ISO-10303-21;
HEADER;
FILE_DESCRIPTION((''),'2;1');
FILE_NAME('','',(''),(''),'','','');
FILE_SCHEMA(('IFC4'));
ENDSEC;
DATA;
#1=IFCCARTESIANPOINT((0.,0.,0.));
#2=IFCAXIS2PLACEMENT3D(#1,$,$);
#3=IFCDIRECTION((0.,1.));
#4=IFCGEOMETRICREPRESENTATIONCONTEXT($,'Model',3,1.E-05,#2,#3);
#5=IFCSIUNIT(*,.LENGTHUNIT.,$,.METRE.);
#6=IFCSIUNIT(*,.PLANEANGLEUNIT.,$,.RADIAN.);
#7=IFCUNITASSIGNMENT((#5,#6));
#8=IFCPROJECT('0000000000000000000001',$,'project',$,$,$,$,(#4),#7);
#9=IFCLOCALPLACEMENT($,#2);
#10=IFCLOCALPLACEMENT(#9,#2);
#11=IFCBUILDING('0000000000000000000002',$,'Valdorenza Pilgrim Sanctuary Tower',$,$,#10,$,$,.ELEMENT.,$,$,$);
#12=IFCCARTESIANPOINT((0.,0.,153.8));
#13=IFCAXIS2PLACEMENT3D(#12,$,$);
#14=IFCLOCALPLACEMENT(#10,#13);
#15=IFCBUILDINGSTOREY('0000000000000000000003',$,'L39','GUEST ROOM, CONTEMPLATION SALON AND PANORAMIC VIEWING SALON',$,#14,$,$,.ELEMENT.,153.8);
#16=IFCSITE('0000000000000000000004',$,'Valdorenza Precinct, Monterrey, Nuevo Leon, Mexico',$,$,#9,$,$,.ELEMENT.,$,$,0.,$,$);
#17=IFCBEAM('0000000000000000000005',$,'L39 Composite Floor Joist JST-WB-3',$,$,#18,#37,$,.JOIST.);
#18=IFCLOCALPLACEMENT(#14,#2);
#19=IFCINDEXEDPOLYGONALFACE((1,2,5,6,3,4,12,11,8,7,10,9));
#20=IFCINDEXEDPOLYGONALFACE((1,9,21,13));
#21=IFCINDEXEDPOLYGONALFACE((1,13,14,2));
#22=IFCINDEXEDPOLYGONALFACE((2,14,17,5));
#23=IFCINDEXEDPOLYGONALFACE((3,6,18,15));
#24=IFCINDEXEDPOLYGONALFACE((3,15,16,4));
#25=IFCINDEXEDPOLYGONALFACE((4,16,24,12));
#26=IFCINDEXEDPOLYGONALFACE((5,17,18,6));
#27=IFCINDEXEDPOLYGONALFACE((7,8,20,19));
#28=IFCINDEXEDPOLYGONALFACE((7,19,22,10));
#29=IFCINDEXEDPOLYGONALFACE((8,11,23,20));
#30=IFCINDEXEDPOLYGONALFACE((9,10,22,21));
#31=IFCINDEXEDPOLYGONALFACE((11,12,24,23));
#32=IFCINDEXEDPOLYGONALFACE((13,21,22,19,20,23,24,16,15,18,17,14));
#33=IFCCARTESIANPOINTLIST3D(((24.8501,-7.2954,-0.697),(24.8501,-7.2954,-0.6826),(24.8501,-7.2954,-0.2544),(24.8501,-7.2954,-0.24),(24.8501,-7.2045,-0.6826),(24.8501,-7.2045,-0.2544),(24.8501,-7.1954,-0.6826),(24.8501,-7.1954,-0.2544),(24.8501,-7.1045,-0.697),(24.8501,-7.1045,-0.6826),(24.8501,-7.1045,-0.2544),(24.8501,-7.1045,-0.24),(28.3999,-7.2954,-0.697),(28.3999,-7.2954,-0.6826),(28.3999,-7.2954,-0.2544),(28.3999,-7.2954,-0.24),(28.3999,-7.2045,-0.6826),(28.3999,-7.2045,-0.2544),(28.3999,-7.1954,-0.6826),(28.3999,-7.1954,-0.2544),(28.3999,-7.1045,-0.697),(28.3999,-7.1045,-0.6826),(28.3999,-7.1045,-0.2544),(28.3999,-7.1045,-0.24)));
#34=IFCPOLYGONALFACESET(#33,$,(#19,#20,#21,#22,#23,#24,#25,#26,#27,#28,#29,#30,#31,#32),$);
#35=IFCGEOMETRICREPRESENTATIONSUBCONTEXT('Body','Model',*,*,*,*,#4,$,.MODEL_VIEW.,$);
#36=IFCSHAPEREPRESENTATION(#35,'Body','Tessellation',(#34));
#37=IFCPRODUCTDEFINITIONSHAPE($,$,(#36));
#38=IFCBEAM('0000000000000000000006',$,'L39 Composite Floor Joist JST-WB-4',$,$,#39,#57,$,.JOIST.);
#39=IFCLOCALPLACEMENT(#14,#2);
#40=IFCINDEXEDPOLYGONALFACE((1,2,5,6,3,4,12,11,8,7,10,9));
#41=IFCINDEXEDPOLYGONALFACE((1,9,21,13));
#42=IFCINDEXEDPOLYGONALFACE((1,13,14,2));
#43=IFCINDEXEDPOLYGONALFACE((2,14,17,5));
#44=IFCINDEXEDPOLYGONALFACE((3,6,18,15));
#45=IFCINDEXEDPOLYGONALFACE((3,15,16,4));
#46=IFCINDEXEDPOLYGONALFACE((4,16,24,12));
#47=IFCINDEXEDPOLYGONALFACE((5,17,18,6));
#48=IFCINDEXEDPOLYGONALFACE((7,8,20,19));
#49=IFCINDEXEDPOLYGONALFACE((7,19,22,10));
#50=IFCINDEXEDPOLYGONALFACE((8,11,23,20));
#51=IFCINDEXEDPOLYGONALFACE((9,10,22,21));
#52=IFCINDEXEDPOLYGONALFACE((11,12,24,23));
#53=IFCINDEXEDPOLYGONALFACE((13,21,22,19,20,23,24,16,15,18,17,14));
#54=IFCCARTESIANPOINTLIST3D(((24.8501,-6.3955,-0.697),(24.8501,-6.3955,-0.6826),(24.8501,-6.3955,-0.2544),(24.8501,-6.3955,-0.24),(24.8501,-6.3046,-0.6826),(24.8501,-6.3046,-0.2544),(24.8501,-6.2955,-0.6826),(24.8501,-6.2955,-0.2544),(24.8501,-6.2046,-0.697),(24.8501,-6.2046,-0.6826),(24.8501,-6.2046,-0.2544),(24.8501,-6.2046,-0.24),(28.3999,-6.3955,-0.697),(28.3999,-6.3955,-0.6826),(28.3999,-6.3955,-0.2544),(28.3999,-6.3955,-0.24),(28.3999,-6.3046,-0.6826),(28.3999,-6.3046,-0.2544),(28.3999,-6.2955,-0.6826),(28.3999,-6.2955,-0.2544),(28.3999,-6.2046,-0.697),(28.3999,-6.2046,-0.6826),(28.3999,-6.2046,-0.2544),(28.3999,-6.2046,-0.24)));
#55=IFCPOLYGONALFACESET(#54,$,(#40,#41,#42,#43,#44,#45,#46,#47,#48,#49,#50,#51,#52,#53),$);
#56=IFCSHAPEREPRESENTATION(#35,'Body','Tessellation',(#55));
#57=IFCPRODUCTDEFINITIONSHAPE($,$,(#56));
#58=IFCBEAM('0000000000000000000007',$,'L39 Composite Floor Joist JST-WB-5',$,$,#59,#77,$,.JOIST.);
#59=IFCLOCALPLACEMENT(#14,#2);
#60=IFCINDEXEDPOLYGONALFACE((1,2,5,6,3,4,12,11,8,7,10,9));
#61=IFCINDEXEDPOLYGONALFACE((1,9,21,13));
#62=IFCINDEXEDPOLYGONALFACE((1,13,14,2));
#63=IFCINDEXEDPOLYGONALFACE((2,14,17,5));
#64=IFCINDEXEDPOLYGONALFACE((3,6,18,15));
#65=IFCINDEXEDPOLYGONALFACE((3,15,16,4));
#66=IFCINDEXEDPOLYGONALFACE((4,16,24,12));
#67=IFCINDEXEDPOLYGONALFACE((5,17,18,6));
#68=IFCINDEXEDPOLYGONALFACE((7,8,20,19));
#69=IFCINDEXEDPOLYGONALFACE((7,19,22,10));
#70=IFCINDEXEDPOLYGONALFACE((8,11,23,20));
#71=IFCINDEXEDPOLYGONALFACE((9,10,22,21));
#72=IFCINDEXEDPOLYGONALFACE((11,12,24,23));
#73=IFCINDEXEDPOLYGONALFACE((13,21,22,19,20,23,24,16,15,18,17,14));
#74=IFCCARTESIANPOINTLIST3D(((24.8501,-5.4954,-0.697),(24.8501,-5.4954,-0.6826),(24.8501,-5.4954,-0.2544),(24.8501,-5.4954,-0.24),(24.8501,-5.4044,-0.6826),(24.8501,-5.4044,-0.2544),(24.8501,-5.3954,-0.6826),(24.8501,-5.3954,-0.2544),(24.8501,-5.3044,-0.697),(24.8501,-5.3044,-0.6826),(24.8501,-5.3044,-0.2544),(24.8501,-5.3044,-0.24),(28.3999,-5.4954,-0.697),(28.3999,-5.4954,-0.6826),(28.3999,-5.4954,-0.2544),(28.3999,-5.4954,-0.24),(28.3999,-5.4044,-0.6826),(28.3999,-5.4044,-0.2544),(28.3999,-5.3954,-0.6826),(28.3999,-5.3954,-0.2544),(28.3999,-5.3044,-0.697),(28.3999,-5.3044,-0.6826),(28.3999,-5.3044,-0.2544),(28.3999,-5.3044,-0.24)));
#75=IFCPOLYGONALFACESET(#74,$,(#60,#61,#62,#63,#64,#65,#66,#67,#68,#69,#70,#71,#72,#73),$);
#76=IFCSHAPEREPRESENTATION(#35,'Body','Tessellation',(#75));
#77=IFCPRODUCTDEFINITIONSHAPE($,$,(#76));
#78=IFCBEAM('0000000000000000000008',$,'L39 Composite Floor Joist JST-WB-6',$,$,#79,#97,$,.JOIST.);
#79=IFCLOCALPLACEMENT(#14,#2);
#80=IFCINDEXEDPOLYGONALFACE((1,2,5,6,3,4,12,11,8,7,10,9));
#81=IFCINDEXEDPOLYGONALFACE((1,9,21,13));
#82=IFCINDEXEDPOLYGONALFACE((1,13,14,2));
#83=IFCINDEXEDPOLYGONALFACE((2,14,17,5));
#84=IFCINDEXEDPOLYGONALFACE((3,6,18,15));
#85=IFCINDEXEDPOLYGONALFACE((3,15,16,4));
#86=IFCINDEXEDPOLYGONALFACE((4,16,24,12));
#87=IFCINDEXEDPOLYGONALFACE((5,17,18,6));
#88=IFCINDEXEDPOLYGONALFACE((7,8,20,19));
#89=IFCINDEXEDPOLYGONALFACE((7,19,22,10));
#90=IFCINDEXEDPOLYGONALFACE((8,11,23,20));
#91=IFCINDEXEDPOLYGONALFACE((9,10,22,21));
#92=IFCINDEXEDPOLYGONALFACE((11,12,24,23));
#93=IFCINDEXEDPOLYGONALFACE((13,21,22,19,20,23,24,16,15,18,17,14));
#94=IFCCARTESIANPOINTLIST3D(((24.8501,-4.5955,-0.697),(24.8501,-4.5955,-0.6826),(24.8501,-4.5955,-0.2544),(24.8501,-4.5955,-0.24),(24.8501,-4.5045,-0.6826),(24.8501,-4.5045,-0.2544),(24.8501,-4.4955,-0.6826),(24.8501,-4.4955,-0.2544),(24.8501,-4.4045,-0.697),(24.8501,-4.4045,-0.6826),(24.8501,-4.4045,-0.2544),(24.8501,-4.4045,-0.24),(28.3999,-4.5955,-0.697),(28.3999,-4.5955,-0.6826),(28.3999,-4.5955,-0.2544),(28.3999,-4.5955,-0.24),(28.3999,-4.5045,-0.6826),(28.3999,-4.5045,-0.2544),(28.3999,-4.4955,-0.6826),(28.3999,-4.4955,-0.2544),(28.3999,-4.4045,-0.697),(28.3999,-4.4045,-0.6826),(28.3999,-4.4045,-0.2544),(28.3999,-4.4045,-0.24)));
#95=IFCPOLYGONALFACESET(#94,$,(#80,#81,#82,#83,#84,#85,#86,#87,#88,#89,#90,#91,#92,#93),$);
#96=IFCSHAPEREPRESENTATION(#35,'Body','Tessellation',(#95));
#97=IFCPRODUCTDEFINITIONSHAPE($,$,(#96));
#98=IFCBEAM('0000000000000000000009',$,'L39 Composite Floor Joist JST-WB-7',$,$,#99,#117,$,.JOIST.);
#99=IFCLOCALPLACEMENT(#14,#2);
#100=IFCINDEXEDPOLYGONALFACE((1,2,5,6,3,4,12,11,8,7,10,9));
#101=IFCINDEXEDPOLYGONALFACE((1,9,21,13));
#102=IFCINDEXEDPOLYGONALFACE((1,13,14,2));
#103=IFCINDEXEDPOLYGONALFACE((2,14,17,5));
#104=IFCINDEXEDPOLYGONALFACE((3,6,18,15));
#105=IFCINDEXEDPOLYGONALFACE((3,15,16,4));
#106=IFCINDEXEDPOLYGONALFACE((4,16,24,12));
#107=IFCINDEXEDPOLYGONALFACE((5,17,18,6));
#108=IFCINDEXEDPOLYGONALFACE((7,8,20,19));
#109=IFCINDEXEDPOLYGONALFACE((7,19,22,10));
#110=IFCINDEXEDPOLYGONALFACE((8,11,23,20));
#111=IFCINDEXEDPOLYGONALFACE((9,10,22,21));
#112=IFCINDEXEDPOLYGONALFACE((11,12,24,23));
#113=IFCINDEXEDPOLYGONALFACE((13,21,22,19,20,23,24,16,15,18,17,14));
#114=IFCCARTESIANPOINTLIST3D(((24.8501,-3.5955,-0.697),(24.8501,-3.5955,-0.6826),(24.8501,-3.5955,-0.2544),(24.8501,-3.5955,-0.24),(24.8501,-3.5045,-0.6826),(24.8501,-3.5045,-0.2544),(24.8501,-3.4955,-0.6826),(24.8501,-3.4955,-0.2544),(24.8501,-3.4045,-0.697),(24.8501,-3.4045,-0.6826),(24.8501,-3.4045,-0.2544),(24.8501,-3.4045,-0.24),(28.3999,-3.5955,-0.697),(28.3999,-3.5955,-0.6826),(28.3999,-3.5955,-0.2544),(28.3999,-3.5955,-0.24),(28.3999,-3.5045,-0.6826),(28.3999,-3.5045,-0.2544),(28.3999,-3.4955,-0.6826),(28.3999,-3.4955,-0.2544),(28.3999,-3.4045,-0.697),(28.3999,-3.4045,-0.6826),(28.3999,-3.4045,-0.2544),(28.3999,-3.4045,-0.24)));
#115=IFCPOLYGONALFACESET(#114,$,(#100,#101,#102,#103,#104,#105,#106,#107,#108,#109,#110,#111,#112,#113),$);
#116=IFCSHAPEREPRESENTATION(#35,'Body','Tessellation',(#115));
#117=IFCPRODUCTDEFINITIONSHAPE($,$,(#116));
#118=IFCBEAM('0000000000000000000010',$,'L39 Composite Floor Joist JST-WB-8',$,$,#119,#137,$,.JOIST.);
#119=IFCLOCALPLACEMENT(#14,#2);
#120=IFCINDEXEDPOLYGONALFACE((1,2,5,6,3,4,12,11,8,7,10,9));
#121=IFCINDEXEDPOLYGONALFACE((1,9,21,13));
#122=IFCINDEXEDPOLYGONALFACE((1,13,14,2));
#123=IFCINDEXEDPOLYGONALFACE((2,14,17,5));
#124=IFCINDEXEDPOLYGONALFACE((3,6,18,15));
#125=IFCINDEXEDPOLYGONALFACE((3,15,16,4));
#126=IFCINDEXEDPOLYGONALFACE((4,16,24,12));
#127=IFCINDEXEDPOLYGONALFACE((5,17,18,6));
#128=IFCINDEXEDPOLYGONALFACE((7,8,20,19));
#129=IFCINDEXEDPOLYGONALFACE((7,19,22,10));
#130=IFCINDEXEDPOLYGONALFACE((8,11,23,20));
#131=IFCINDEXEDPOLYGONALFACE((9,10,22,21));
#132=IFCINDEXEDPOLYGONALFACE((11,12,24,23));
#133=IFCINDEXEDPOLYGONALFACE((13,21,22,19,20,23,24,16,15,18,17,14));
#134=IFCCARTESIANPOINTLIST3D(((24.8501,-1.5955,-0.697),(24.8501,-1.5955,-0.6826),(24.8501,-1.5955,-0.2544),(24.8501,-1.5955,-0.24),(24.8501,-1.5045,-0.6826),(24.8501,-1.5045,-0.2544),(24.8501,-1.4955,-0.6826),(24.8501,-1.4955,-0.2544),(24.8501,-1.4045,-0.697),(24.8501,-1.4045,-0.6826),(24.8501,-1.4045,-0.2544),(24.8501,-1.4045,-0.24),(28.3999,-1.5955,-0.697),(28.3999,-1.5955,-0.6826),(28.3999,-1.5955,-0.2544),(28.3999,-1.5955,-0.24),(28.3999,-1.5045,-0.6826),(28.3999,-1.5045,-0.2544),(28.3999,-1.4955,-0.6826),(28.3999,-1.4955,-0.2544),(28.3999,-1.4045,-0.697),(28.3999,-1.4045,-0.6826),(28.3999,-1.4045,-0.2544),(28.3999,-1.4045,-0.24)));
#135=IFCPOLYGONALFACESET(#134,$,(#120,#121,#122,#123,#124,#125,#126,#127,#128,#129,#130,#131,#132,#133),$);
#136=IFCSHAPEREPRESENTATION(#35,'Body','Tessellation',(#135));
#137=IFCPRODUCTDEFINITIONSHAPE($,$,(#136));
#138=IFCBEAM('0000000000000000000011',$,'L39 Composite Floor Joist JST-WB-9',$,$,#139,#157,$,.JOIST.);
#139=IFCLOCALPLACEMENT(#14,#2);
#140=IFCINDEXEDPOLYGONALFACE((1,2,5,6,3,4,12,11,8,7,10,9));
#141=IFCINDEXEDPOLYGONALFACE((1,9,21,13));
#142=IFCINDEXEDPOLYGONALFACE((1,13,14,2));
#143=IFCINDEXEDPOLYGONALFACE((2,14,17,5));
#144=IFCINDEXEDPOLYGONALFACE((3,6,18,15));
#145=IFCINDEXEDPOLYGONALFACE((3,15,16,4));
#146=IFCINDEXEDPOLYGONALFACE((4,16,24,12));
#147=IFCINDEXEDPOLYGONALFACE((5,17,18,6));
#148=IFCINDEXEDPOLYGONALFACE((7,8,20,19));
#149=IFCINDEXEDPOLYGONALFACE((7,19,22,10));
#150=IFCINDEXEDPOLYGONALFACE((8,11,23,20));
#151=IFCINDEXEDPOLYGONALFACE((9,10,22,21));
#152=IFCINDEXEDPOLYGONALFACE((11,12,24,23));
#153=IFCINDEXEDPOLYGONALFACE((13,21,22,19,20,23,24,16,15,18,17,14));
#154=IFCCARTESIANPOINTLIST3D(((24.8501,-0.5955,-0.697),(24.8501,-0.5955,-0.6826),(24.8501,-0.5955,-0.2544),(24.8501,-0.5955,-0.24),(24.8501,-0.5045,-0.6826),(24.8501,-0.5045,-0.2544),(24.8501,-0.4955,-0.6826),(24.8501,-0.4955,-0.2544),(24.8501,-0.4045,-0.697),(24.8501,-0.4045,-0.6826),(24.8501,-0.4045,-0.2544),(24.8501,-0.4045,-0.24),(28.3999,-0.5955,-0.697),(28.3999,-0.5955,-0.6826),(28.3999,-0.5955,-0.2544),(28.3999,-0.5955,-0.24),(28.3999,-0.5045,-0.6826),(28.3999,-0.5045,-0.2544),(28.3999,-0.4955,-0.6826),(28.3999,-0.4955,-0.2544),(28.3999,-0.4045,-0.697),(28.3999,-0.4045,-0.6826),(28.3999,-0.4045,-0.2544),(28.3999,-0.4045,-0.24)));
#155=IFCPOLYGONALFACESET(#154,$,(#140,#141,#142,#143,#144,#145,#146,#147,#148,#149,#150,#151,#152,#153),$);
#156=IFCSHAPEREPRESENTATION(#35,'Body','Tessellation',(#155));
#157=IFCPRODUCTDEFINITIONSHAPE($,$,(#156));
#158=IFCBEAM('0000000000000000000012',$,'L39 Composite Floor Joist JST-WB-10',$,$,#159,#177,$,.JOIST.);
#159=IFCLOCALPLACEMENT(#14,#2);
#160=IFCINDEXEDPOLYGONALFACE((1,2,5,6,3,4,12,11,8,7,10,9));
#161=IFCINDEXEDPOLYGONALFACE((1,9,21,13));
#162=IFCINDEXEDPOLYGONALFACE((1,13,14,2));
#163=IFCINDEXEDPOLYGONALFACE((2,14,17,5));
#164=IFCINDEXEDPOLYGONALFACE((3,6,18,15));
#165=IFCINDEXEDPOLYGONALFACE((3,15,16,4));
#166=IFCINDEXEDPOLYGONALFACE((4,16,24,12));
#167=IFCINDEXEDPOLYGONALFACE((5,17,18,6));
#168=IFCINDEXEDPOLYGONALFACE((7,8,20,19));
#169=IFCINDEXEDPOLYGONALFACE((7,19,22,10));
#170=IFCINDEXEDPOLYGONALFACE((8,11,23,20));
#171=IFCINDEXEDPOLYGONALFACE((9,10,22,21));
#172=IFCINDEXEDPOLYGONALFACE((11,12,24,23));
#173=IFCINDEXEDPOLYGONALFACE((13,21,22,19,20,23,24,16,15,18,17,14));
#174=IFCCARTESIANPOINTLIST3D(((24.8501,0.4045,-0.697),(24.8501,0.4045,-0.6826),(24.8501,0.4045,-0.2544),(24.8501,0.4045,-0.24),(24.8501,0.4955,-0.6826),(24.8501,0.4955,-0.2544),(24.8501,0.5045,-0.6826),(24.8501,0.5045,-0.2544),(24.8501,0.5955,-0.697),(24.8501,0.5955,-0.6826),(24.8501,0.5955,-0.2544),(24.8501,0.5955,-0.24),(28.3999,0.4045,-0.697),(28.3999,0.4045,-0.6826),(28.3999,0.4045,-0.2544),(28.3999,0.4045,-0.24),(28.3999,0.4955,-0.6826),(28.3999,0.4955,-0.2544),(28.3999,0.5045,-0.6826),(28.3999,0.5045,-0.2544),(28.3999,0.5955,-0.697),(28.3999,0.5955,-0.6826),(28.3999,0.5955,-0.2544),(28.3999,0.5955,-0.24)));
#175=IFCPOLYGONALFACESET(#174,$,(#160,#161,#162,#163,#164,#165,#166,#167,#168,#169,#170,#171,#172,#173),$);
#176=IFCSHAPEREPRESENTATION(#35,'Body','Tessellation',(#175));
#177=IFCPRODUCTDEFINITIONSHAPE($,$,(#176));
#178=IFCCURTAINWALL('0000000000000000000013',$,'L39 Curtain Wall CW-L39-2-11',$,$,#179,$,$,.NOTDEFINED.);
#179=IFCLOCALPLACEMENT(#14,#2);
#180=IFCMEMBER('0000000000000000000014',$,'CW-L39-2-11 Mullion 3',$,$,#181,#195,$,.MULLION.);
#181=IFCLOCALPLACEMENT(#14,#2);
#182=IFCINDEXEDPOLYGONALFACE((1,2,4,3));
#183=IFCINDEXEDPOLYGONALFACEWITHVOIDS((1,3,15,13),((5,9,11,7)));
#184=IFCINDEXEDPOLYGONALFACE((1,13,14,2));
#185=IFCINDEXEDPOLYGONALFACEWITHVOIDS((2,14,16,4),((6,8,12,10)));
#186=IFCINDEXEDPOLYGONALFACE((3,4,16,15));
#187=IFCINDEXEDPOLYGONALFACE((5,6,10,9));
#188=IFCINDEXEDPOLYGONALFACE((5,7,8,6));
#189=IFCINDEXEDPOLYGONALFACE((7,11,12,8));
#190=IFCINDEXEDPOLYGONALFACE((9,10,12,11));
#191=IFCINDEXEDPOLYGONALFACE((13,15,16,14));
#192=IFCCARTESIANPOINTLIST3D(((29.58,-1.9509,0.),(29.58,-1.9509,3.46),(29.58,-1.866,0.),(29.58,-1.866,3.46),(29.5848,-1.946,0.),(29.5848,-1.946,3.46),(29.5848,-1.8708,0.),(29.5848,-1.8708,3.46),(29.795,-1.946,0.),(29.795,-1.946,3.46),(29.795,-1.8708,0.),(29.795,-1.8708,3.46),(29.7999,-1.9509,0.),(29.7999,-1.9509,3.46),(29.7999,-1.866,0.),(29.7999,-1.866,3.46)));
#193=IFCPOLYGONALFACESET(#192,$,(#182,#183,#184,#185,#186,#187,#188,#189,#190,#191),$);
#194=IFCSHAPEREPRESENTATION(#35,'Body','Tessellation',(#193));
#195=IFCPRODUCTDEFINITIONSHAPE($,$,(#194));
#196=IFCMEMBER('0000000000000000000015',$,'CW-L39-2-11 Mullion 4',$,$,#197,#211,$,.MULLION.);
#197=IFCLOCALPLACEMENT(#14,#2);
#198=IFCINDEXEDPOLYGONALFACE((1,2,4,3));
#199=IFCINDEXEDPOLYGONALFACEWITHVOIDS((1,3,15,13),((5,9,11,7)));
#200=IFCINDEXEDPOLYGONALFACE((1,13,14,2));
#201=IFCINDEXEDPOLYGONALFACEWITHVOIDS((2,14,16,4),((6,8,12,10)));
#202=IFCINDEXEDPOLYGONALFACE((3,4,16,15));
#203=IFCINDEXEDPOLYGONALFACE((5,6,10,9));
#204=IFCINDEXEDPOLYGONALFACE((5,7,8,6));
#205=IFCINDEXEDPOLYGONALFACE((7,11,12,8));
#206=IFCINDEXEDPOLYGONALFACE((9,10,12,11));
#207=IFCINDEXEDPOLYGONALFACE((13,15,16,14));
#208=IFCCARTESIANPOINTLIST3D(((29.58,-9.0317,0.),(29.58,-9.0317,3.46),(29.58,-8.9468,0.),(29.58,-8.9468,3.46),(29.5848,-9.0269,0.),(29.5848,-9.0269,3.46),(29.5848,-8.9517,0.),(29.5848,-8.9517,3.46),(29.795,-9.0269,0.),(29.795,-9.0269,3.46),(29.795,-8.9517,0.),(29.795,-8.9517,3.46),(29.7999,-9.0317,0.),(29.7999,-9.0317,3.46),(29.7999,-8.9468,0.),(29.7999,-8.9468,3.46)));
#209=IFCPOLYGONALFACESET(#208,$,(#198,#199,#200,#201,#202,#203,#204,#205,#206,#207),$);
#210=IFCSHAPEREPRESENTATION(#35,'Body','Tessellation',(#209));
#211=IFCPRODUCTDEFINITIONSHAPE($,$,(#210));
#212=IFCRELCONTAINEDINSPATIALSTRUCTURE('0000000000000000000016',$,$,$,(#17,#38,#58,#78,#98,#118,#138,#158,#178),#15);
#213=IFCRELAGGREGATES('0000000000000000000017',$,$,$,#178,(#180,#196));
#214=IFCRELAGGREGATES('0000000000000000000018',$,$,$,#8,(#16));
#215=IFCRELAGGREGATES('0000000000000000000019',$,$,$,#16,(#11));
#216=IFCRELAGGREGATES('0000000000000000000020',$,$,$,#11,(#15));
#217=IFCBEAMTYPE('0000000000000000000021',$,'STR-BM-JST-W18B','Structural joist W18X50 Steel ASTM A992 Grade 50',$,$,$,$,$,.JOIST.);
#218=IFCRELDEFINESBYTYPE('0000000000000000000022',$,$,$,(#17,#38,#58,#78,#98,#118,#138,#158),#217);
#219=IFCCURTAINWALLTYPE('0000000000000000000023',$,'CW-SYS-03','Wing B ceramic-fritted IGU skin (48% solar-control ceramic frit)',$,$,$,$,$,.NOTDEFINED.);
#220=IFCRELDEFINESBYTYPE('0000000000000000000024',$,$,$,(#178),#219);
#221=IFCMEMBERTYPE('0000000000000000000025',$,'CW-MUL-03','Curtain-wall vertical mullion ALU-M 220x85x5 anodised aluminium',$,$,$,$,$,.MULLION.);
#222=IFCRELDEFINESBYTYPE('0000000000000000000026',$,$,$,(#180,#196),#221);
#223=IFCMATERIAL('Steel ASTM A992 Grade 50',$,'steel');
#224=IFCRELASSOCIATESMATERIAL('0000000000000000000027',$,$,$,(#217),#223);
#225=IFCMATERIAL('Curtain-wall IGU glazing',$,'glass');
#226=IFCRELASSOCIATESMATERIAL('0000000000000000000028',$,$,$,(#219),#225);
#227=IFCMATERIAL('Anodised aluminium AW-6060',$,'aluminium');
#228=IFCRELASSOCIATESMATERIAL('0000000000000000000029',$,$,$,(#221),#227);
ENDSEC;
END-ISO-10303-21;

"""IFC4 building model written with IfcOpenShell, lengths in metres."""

from ifc_helpers import new_model, si_unit, direction, frame, origin, origin_2d, place, context, subcontext, project, spatial, hollow_rectangle, i_section, extrude, source, transform, mapped, material, material_profile, profile_set, type_object, element, aggregate, save


model = new_model("IFC4")

# Units and contexts
model_context = context("Model", 3, precision=1e-05, world=origin(), true_north=direction((0.0, 1.0)))
body_context = subcontext(model_context, "Body", "Model", "MODEL_VIEW")
ifc_project = project(units=[si_unit("LENGTHUNIT", "METRE"), si_unit("PLANEANGLEUNIT", "RADIAN")], contexts=[model_context])

# Site, building, storey
site_placement = place(None, origin())
site = spatial("IfcSite", under=ifc_project, at=site_placement, Name="Valdorenza Precinct, Monterrey, Nuevo Leon, Mexico", CompositionType="ELEMENT", RefElevation=0.0)
building_placement = place(site_placement, origin())
building = spatial("IfcBuilding", under=site, at=building_placement, Name="Valdorenza Pilgrim Sanctuary Tower", CompositionType="ELEMENT")
storey_placement = place(building_placement, frame((0.0, 0.0, 153.8)))
storey = spatial("IfcBuildingStorey", under=building, at=storey_placement, Name="L39", Description="GUEST ROOM, CONTEMPLATION SALON AND PANORAMIC VIEWING SALON", CompositionType="ELEMENT", Elevation=153.8)

# Shared definitions
ifc_material_1 = material(Name="Steel ASTM A992 Grade 50", Category="steel")

# Beams
ifc_material_profile_1 = material_profile(ifc_material_1, i_section(OverallWidth=0.1909, OverallDepth=0.457, WebThickness=0.009, FlangeThickness=0.0144, at=origin_2d()), Name="W18X50")
ifc_profile_set_1 = profile_set([ifc_material_profile_1], Name="Steel ASTM A992 Grade 50")
beam_type_1 = type_object("IfcBeamType", Name="STR-BM-JST-W18B", Description="Structural joist W18X50 Steel ASTM A992 Grade 50", PredefinedType="JOIST", material=ifc_profile_set_1)
shared_shape_1 = source(origin(), body_context, "Body", "SweptSolid", [
    extrude(i_section(OverallWidth=0.1909, OverallDepth=0.457, WebThickness=0.009, FlangeThickness=0.0144, at=origin_2d()), origin(), (0.0, 0.0, 1.0), 3.5498),
])
for number, where, z_axis, x_axis, name in (
    (1, (24.8501, -7.2, -0.4685), (1.0, 0.0, 0.0), (0.0, 1.0, 0.0), "L39 Composite Floor Joist JST-WB-3"),
    (2, (24.8501, -6.3, -0.4685), (1.0, 0.0, 0.0), (0.0, 1.0, 0.0), "L39 Composite Floor Joist JST-WB-4"),
    (3, (24.8501, -5.3999, -0.4685), (1.0, 0.0, 0.0), (0.0, 1.0, 0.0), "L39 Composite Floor Joist JST-WB-5"),
    (4, (24.8501, -4.5, -0.4685), (1.0, 0.0, 0.0), (0.0, 1.0, 0.0), "L39 Composite Floor Joist JST-WB-6"),
    (5, (24.8501, -3.5, -0.4685), (1.0, 0.0, 0.0), (0.0, 1.0, 0.0), "L39 Composite Floor Joist JST-WB-7"),
    (6, (24.8501, -1.5, -0.4685), (1.0, 0.0, 0.0), (0.0, 1.0, 0.0), "L39 Composite Floor Joist JST-WB-8"),
    (7, (24.8501, -0.5, -0.4685), (1.0, 0.0, 0.0), (0.0, 1.0, 0.0), "L39 Composite Floor Joist JST-WB-9"),
    (8, (24.8501, 0.5, -0.4685), (1.0, 0.0, 0.0), (0.0, 1.0, 0.0), "L39 Composite Floor Joist JST-WB-10"),
):
    element("IfcBeam", number, at=place(storey_placement, frame(where, z_axis=z_axis, x_axis=x_axis)), inside=storey, type_object=beam_type_1, Name=name, PredefinedType="JOIST", context=body_context, shape_type="MappedRepresentation", body=[
        mapped(shared_shape_1, transform((0.0, 0.0, 0.0), x_axis=(1.0, 0.0, 0.0), y_axis=(0.0, 1.0, 0.0), z_axis=(0.0, 0.0, 1.0), scale=1.0)),
    ])

# Curtain wall, members
ifc_material_2 = material(Name="Curtain-wall IGU glazing", Category="glass")
curtain_wall_type = type_object("IfcCurtainWallType", Name="CW-SYS-03", Description="Wing B ceramic-fritted IGU skin (48% solar-control ceramic frit)", PredefinedType="NOTDEFINED", material=ifc_material_2)
curtain_wall_1_placement = place(storey_placement, origin())
curtain_wall_1 = element("IfcCurtainWall", 9, at=curtain_wall_1_placement, inside=storey, type_object=curtain_wall_type, Name="L39 Curtain Wall CW-L39-2-11", PredefinedType="NOTDEFINED")
ifc_material_3 = material(Name="Anodised aluminium AW-6060", Category="aluminium")
ifc_material_profile_2 = material_profile(ifc_material_3, hollow_rectangle(XDim=0.085, YDim=0.22, WallThickness=0.0049, at=origin_2d()), Name="ALU-M 220x85x5")
ifc_profile_set_2 = profile_set([ifc_material_profile_2], Name="Anodised aluminium AW-6060")
member_type_1 = type_object("IfcMemberType", Name="CW-MUL-03", Description="Curtain-wall vertical mullion ALU-M 220x85x5 anodised aluminium", PredefinedType="MULLION", material=ifc_profile_set_2)
shared_shape_2 = source(origin(), body_context, "Body", "SweptSolid", [
    extrude(hollow_rectangle(XDim=0.085, YDim=0.22, WallThickness=0.0049, at=origin_2d()), origin(), (0.0, 0.0, 1.0), 3.46),
])
member_1_placement = place(storey_placement, frame((29.6899, -1.9084, 0.0), z_axis=(0.0, 0.0, 1.0), x_axis=(0.0, -1.0, 0.0)))
member_1 = element("IfcMember", 10, at=member_1_placement, type_object=member_type_1, Name="CW-L39-2-11 Mullion 3", PredefinedType="MULLION", context=body_context, shape_type="MappedRepresentation", body=[
    mapped(shared_shape_2, transform((0.0, 0.0, 0.0), x_axis=(1.0, 0.0, 0.0), y_axis=(0.0, 1.0, 0.0), z_axis=(0.0, 0.0, 1.0), scale=1.0)),
])
member_2_placement = place(storey_placement, frame((29.6899, -8.9893, 0.0), z_axis=(0.0, 0.0, 1.0), x_axis=(0.0, -1.0, 0.0)))
member_2 = element("IfcMember", 11, at=member_2_placement, type_object=member_type_1, Name="CW-L39-2-11 Mullion 4", PredefinedType="MULLION", context=body_context, shape_type="MappedRepresentation", body=[
    mapped(shared_shape_2, transform((0.0, 0.0, 0.0), x_axis=(1.0, 0.0, 0.0), y_axis=(0.0, 1.0, 0.0), z_axis=(0.0, 0.0, 1.0), scale=1.0)),
])

aggregate(curtain_wall_1, [member_1, member_2])

save(model, "model.ifc")
